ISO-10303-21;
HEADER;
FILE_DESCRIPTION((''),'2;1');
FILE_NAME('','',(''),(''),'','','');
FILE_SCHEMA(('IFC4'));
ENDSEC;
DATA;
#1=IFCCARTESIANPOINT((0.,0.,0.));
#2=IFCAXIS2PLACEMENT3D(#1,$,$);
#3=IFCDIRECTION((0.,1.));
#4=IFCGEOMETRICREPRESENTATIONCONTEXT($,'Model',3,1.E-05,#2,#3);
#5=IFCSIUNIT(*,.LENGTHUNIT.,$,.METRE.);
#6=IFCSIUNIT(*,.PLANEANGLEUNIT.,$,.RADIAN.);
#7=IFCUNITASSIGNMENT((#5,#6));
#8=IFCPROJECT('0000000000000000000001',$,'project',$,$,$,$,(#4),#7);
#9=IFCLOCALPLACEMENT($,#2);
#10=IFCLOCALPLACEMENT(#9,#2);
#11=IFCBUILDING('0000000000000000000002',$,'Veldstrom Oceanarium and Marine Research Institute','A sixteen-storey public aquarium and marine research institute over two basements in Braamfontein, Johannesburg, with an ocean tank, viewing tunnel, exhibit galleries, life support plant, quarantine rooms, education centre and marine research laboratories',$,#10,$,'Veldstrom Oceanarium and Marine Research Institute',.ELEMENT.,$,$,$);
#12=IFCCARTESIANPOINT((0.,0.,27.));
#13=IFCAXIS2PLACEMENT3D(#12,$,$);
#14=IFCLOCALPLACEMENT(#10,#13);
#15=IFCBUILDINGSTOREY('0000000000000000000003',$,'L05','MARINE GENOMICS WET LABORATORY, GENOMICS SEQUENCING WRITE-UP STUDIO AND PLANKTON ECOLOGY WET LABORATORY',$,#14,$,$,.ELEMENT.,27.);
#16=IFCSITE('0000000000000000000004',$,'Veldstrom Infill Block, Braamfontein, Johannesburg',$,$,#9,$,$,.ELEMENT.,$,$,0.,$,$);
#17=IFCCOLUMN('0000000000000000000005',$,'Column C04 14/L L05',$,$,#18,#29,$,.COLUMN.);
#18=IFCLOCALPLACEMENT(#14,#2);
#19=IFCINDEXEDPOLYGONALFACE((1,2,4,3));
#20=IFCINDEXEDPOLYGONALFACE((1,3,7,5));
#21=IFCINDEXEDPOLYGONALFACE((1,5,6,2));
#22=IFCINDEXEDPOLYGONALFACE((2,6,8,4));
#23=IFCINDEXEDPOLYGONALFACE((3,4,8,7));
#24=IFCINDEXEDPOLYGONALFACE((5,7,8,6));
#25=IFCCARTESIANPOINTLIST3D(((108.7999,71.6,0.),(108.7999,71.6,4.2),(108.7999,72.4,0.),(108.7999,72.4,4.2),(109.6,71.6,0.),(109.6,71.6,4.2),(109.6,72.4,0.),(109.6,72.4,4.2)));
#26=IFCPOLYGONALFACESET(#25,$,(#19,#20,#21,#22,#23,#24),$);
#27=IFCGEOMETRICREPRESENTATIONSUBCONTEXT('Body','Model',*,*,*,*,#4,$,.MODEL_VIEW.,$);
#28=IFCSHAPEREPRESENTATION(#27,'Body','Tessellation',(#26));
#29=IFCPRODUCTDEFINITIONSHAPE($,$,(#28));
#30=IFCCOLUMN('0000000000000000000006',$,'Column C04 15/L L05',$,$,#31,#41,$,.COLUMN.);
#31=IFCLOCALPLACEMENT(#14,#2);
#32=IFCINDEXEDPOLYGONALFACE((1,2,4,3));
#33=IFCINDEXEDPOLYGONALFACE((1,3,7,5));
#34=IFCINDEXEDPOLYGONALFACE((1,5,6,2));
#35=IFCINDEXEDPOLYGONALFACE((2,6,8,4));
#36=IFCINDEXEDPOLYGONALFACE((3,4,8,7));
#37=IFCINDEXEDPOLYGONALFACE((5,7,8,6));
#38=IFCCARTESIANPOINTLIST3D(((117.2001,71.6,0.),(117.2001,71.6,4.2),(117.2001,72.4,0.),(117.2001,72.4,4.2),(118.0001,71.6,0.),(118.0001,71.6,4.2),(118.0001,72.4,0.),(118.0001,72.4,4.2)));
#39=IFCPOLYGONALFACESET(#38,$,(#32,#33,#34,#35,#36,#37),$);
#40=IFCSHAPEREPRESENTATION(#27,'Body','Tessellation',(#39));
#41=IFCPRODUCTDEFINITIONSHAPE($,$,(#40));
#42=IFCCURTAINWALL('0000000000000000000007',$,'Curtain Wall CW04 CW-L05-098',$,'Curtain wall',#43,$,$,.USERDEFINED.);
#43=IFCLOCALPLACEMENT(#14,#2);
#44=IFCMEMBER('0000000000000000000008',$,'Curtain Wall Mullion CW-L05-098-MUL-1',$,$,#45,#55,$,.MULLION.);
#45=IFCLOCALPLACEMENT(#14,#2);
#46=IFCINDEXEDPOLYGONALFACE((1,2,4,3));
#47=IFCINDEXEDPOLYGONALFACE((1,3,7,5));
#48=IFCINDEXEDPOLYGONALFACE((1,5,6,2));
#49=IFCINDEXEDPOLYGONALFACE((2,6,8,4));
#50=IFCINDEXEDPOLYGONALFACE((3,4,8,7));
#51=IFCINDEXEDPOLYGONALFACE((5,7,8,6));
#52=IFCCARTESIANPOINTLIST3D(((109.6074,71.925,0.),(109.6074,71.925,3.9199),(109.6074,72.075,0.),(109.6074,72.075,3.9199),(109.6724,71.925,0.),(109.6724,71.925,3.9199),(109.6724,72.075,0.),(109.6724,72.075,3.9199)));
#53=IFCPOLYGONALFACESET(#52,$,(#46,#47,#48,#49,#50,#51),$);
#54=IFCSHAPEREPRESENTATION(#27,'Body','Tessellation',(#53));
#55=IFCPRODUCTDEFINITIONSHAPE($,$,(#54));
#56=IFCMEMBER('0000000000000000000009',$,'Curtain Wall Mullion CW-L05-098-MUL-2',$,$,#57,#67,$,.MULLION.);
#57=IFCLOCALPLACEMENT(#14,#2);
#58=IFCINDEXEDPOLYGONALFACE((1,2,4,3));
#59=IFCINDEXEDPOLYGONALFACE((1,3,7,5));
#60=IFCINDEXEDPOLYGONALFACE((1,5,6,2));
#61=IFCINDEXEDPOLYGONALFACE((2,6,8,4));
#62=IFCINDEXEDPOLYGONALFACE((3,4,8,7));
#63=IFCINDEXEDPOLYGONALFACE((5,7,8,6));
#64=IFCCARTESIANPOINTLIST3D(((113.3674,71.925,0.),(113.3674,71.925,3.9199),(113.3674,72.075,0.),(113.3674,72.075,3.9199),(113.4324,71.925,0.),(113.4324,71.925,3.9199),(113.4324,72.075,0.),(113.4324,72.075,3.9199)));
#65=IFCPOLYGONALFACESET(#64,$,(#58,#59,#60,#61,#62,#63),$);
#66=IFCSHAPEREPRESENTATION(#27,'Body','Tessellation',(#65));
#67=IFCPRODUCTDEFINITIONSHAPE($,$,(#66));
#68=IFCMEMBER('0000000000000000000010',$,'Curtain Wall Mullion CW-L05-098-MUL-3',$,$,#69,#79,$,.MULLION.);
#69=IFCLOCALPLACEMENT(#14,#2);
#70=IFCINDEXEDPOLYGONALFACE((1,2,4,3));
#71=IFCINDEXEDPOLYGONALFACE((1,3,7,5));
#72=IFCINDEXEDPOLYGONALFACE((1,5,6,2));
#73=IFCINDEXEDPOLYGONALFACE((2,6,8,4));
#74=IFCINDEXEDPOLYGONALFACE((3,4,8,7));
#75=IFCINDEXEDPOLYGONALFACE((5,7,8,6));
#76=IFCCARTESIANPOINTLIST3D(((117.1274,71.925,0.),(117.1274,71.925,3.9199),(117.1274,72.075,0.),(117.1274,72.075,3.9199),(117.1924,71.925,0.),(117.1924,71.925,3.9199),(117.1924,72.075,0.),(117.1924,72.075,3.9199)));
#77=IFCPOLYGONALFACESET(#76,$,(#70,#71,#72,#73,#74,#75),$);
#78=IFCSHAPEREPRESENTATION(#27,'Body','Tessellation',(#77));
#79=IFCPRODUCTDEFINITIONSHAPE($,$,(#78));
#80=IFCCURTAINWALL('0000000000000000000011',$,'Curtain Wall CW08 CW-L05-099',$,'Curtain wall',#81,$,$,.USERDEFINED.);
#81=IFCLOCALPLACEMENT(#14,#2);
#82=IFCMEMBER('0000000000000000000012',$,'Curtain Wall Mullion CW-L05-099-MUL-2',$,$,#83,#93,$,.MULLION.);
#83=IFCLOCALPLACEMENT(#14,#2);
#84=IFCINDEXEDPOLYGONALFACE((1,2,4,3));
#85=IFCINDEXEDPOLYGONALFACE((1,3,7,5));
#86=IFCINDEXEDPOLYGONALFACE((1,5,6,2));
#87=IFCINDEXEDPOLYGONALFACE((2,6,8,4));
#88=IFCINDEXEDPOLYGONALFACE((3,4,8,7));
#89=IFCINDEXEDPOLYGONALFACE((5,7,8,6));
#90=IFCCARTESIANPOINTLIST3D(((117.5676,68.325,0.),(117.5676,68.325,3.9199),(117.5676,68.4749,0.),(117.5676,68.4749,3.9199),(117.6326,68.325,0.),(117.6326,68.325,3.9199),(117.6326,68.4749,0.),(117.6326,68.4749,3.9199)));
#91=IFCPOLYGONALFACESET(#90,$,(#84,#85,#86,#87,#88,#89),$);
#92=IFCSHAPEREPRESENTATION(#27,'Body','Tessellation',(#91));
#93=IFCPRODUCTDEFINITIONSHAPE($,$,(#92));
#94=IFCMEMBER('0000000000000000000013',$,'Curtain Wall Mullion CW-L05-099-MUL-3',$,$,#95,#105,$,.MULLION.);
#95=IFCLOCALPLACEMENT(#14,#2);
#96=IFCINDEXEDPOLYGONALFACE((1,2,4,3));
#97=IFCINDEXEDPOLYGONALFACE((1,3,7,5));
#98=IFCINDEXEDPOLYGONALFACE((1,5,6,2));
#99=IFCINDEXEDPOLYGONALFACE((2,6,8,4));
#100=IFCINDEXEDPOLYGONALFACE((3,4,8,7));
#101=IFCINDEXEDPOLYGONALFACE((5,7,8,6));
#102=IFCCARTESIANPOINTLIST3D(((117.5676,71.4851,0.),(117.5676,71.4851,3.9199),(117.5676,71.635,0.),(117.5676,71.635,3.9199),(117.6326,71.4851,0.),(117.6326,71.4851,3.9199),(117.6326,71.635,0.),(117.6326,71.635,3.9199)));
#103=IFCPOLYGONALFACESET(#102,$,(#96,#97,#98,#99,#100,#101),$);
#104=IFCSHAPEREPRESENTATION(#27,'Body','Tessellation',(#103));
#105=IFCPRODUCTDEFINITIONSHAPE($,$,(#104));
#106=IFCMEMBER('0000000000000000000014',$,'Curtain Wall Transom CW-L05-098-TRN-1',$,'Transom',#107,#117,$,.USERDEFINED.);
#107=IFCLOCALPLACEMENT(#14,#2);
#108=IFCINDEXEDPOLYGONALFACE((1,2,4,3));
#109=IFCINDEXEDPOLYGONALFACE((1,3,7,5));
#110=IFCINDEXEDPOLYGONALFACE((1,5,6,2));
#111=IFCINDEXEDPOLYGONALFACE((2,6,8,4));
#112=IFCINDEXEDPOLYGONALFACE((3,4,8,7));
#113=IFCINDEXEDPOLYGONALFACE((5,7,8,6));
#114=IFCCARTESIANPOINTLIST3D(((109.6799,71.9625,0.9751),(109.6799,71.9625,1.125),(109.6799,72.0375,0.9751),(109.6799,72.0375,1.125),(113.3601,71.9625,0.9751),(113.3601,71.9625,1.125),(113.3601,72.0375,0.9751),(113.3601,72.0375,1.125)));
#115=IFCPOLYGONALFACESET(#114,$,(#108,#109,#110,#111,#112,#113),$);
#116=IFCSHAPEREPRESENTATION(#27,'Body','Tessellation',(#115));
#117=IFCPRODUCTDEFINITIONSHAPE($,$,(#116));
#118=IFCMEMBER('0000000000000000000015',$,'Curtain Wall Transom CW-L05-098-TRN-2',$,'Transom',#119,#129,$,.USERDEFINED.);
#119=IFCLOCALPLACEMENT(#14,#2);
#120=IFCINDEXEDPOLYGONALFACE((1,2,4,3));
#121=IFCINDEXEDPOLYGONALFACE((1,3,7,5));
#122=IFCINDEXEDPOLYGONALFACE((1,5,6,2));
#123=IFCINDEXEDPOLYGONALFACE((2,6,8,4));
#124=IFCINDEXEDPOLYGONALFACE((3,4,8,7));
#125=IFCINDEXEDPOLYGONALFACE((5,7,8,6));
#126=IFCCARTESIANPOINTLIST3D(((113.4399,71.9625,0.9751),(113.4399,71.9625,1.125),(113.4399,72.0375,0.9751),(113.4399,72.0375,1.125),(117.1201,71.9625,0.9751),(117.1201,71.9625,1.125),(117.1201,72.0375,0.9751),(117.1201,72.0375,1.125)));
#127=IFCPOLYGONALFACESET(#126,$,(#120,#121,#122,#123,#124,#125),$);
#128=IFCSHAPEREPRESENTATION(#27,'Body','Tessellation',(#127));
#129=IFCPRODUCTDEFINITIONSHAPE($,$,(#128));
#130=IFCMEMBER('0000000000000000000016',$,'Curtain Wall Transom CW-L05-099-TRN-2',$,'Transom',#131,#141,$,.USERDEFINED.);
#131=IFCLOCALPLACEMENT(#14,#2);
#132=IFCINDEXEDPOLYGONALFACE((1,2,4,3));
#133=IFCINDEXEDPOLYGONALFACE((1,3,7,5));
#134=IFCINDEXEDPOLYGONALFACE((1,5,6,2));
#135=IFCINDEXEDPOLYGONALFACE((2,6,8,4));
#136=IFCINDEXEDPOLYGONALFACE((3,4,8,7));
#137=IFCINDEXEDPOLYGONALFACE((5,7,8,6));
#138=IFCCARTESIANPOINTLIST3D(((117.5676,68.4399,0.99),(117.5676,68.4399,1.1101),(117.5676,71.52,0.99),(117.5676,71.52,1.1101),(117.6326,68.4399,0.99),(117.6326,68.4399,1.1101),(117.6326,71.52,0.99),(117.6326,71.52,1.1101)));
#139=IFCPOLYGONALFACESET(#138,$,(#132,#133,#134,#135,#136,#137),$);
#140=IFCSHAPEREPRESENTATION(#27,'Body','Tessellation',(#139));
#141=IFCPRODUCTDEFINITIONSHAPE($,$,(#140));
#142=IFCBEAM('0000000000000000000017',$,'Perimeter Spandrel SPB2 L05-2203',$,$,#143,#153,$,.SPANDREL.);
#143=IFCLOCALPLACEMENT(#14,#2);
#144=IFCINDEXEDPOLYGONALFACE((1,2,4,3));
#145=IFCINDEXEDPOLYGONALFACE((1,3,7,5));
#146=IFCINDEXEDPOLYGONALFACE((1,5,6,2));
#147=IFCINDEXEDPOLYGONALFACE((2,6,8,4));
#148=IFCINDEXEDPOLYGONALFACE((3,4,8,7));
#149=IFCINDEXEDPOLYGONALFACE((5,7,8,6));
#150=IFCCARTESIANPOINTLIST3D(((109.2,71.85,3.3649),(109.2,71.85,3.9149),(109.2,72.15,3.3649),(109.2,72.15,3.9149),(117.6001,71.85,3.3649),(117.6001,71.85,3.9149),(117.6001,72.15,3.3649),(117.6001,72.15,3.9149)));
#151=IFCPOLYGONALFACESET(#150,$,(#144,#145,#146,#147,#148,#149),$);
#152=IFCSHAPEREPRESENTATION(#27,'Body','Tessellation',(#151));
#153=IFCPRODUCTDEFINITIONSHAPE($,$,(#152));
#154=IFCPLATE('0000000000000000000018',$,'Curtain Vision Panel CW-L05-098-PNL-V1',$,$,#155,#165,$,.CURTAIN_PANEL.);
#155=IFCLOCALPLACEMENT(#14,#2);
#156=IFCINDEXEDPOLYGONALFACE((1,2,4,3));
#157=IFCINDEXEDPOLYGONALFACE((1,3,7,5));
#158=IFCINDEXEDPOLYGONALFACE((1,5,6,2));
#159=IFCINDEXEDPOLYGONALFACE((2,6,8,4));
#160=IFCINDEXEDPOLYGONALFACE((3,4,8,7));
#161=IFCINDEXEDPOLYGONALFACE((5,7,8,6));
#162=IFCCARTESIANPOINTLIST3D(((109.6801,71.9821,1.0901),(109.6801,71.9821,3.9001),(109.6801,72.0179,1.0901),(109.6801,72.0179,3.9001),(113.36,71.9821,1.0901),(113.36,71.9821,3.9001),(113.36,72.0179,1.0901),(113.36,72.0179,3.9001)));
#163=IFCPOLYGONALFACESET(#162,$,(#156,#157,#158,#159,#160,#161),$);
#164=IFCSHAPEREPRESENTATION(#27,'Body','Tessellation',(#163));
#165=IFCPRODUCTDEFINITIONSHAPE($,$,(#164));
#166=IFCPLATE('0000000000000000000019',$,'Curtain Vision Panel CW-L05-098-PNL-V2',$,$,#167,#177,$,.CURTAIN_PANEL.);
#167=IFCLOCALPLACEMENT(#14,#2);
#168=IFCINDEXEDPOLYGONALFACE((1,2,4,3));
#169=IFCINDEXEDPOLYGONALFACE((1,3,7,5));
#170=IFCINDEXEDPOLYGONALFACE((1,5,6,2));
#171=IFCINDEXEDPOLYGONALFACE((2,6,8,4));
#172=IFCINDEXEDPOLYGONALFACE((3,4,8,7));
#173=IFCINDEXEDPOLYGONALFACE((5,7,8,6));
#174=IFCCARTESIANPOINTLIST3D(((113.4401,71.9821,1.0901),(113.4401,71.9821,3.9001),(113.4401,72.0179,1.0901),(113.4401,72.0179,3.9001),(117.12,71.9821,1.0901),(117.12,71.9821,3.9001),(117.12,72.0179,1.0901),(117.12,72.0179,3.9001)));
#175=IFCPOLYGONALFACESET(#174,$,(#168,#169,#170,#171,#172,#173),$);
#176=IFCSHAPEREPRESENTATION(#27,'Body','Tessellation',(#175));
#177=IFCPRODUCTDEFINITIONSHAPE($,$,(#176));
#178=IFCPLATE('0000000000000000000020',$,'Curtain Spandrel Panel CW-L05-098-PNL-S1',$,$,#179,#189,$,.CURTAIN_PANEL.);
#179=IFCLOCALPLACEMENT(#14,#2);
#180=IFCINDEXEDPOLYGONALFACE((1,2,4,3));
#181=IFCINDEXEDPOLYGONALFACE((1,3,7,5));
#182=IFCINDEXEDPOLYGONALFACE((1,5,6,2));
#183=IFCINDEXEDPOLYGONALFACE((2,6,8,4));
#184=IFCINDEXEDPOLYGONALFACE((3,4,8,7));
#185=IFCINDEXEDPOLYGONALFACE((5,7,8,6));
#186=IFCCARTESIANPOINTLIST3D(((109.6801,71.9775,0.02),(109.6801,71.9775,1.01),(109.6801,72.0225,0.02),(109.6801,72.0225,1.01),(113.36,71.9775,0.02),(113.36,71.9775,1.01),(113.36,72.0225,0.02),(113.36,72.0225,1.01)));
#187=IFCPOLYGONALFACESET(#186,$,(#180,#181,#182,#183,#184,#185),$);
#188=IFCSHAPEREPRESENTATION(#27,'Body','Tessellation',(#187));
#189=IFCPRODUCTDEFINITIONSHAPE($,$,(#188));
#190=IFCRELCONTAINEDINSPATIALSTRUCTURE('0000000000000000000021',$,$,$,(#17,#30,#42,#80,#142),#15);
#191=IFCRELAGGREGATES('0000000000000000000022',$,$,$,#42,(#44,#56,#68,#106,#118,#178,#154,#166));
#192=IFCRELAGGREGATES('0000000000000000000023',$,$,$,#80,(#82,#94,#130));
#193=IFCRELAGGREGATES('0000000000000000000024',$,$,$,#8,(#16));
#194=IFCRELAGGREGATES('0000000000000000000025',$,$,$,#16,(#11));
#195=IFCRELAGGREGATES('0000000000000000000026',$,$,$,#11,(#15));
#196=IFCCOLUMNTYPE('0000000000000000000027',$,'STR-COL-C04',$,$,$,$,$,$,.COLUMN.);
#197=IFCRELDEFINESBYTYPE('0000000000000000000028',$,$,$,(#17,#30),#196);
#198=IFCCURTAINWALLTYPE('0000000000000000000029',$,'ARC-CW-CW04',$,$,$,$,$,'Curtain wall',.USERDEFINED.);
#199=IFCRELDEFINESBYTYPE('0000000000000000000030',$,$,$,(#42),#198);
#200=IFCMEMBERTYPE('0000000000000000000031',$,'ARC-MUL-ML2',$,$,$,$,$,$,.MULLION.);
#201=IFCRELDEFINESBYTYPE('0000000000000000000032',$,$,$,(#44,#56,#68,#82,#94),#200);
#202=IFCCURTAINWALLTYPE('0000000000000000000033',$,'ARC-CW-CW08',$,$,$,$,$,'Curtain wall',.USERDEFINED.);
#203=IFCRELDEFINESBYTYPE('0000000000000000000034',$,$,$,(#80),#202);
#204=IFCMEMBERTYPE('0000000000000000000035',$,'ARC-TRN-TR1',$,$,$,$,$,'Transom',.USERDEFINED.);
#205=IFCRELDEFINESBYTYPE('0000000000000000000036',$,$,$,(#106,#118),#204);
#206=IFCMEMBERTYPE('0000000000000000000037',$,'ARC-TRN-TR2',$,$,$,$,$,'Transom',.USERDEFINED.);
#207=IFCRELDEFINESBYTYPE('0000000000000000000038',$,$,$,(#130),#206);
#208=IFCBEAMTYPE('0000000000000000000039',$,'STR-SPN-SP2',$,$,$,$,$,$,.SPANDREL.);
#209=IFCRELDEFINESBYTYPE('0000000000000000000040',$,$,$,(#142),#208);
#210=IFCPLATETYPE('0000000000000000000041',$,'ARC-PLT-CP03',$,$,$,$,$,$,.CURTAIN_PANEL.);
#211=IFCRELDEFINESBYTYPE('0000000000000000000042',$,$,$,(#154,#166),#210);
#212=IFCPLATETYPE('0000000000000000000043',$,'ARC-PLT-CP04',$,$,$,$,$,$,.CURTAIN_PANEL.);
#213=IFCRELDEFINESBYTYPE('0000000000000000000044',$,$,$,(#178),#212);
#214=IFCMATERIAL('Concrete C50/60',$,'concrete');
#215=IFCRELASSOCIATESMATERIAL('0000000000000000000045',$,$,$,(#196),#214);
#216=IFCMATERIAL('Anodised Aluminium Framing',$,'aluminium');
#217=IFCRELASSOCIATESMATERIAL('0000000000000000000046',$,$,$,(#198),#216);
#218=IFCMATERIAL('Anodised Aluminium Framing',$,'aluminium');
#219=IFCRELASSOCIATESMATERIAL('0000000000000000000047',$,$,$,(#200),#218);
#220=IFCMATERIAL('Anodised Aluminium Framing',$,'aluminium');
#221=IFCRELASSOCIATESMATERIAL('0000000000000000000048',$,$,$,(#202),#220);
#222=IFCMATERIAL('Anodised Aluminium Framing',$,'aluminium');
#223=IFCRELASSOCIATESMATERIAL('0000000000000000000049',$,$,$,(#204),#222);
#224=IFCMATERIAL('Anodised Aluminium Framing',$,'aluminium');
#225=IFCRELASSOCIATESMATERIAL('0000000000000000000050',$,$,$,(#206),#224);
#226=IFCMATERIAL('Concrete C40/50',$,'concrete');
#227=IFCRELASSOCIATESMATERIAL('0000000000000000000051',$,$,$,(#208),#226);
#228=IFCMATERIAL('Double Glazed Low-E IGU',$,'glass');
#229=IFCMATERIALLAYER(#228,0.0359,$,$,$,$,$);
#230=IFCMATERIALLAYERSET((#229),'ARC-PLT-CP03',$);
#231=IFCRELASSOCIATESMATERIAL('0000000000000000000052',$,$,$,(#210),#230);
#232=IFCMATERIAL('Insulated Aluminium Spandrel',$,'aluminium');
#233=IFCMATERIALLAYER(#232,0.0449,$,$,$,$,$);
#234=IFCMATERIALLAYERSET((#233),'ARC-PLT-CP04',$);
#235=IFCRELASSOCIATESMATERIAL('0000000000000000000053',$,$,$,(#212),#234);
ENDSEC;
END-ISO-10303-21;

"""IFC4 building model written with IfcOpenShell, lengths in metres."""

from ifc_helpers import new_model, si_unit, direction, frame, origin, origin_2d, place, context, subcontext, project, spatial, rectangle, extrude, material, layer, layer_set, material_profile, profile_set, type_object, element, aggregate, save


model = new_model("IFC4")

# Units and contexts
model_context = context("Model", 3, precision=1e-05, world=origin(), true_north=direction((0.0, 1.0)))
body_context = subcontext(model_context, "Body", "Model", "MODEL_VIEW")
ifc_project = project(units=[si_unit("LENGTHUNIT", "METRE"), si_unit("PLANEANGLEUNIT", "RADIAN")], contexts=[model_context])

# Site, building, storey
site_placement = place(None, origin())
site = spatial("IfcSite", under=ifc_project, at=site_placement, Name="Veldstrom Infill Block, Braamfontein, Johannesburg", CompositionType="ELEMENT", RefElevation=0.0)
building_placement = place(site_placement, origin())
building = spatial("IfcBuilding", under=site, at=building_placement, Name="Veldstrom Oceanarium and Marine Research Institute", Description="A sixteen-storey public aquarium and marine research institute over two basements in Braamfontein, Johannesburg, with an ocean tank, viewing tunnel, exhibit galleries, life support plant, quarantine rooms, education centre and marine research laboratories", LongName="Veldstrom Oceanarium and Marine Research Institute", CompositionType="ELEMENT")
storey_placement = place(building_placement, frame((0.0, 0.0, 27.0)))
storey = spatial("IfcBuildingStorey", under=building, at=storey_placement, Name="L05", Description="MARINE GENOMICS WET LABORATORY, GENOMICS SEQUENCING WRITE-UP STUDIO AND PLANKTON ECOLOGY WET LABORATORY", CompositionType="ELEMENT", Elevation=27.0)

# Columns
ifc_material_1 = material(Name="Concrete C50/60", Category="concrete")
ifc_material_profile_1 = material_profile(ifc_material_1, rectangle(XDim=0.8, YDim=0.8, at=origin_2d()), Name="RC-COL-800x800")
ifc_profile_set_1 = profile_set([ifc_material_profile_1], Name="Concrete C50/60")
column_type = type_object("IfcColumnType", Name="STR-COL-C04", PredefinedType="COLUMN", material=ifc_profile_set_1)
for number, where, z_axis, x_axis, name in (
    (1, (109.2, 72.0, 0.0), (0.0, 0.0, 1.0), (1.0, 0.0, 0.0), "Column C04 14/L L05"),
    (2, (117.6001, 72.0, 0.0), (0.0, 0.0, 1.0), (1.0, 0.0, 0.0), "Column C04 15/L L05"),
):
    element("IfcColumn", number, at=place(storey_placement, frame(where, z_axis=z_axis, x_axis=x_axis)), inside=storey, type_object=column_type, Name=name, PredefinedType="COLUMN", context=body_context, shape_type="SweptSolid", body=[
        extrude(rectangle(XDim=0.8, YDim=0.8, at=origin_2d()), origin(), (0.0, 0.0, 1.0), 4.2),
    ])

# Curtain walls, members
ifc_material_2 = material(Name="Anodised Aluminium Framing", Category="aluminium")
curtain_wall_type_1 = type_object("IfcCurtainWallType", Name="ARC-CW-CW04", ElementType="Curtain wall", PredefinedType="USERDEFINED", material=ifc_material_2)
curtain_wall_1_placement = place(storey_placement, origin())
curtain_wall_1 = element("IfcCurtainWall", 3, at=curtain_wall_1_placement, inside=storey, type_object=curtain_wall_type_1, Name="Curtain Wall CW04 CW-L05-098", ObjectType="Curtain wall", PredefinedType="USERDEFINED")
ifc_material_3 = material(Name="Anodised Aluminium Framing", Category="aluminium")
ifc_material_profile_2 = material_profile(ifc_material_3, rectangle(XDim=0.0649, YDim=0.1499, at=origin_2d()), Name="ALU-MUL-65x150")
ifc_profile_set_2 = profile_set([ifc_material_profile_2], Name="Anodised Aluminium Framing")
member_type_1 = type_object("IfcMemberType", Name="ARC-MUL-ML2", PredefinedType="MULLION", material=ifc_profile_set_2)
member_1_placement = place(storey_placement, frame((109.6399, 72.0, 0.0), z_axis=(0.0, 0.0, 1.0), x_axis=(1.0, 0.0, 0.0)))
member_1 = element("IfcMember", 4, at=member_1_placement, type_object=member_type_1, Name="Curtain Wall Mullion CW-L05-098-MUL-1", PredefinedType="MULLION", context=body_context, shape_type="SweptSolid", body=[
    extrude(rectangle(XDim=0.0649, YDim=0.1499, at=origin_2d()), origin(), (0.0, 0.0, 1.0), 3.9199),
])
member_2_placement = place(storey_placement, frame((113.3999, 72.0, 0.0), z_axis=(0.0, 0.0, 1.0), x_axis=(1.0, 0.0, 0.0)))
member_2 = element("IfcMember", 5, at=member_2_placement, type_object=member_type_1, Name="Curtain Wall Mullion CW-L05-098-MUL-2", PredefinedType="MULLION", context=body_context, shape_type="SweptSolid", body=[
    extrude(rectangle(XDim=0.0649, YDim=0.1499, at=origin_2d()), origin(), (0.0, 0.0, 1.0), 3.9199),
])
member_3_placement = place(storey_placement, frame((117.1599, 72.0, 0.0), z_axis=(0.0, 0.0, 1.0), x_axis=(1.0, 0.0, 0.0)))
member_3 = element("IfcMember", 6, at=member_3_placement, type_object=member_type_1, Name="Curtain Wall Mullion CW-L05-098-MUL-3", PredefinedType="MULLION", context=body_context, shape_type="SweptSolid", body=[
    extrude(rectangle(XDim=0.0649, YDim=0.1499, at=origin_2d()), origin(), (0.0, 0.0, 1.0), 3.9199),
])
ifc_material_4 = material(Name="Anodised Aluminium Framing", Category="aluminium")
curtain_wall_type_2 = type_object("IfcCurtainWallType", Name="ARC-CW-CW08", ElementType="Curtain wall", PredefinedType="USERDEFINED", material=ifc_material_4)
curtain_wall_2_placement = place(storey_placement, origin())
curtain_wall_2 = element("IfcCurtainWall", 7, at=curtain_wall_2_placement, inside=storey, type_object=curtain_wall_type_2, Name="Curtain Wall CW08 CW-L05-099", ObjectType="Curtain wall", PredefinedType="USERDEFINED")
member_4_placement = place(storey_placement, frame((117.6001, 68.3999, 0.0), z_axis=(0.0, 0.0, 1.0), x_axis=(1.0, 0.0, 0.0)))
member_4 = element("IfcMember", 8, at=member_4_placement, type_object=member_type_1, Name="Curtain Wall Mullion CW-L05-099-MUL-2", PredefinedType="MULLION", context=body_context, shape_type="SweptSolid", body=[
    extrude(rectangle(XDim=0.0649, YDim=0.1499, at=origin_2d()), origin(), (0.0, 0.0, 1.0), 3.9199),
])
member_5_placement = place(storey_placement, frame((117.6001, 71.5601, 0.0), z_axis=(0.0, 0.0, 1.0), x_axis=(1.0, 0.0, 0.0)))
member_5 = element("IfcMember", 9, at=member_5_placement, type_object=member_type_1, Name="Curtain Wall Mullion CW-L05-099-MUL-3", PredefinedType="MULLION", context=body_context, shape_type="SweptSolid", body=[
    extrude(rectangle(XDim=0.0649, YDim=0.1499, at=origin_2d()), origin(), (0.0, 0.0, 1.0), 3.9199),
])

# Members
ifc_material_5 = material(Name="Anodised Aluminium Framing", Category="aluminium")
ifc_material_profile_3 = material_profile(ifc_material_5, rectangle(XDim=0.075, YDim=0.1499, at=origin_2d()), Name="ALU-TRN-75x150")
ifc_profile_set_3 = profile_set([ifc_material_profile_3], Name="Anodised Aluminium Framing")
member_type_2 = type_object("IfcMemberType", Name="ARC-TRN-TR1", ElementType="Transom", PredefinedType="USERDEFINED", material=ifc_profile_set_3)
member_6_placement = place(storey_placement, frame((109.6799, 72.0, 1.05), z_axis=(1.0, 0.0, 0.0), x_axis=(0.0, 1.0, 0.0)))
member_6 = element("IfcMember", 10, at=member_6_placement, type_object=member_type_2, Name="Curtain Wall Transom CW-L05-098-TRN-1", ObjectType="Transom", PredefinedType="USERDEFINED", context=body_context, shape_type="SweptSolid", body=[
    extrude(rectangle(XDim=0.075, YDim=0.1499, at=origin_2d()), origin(), (0.0, 0.0, 1.0), 3.6802),
])
member_7_placement = place(storey_placement, frame((113.4399, 72.0, 1.05), z_axis=(1.0, 0.0, 0.0), x_axis=(0.0, 1.0, 0.0)))
member_7 = element("IfcMember", 11, at=member_7_placement, type_object=member_type_2, Name="Curtain Wall Transom CW-L05-098-TRN-2", ObjectType="Transom", PredefinedType="USERDEFINED", context=body_context, shape_type="SweptSolid", body=[
    extrude(rectangle(XDim=0.075, YDim=0.1499, at=origin_2d()), origin(), (0.0, 0.0, 1.0), 3.6802),
])
ifc_material_6 = material(Name="Anodised Aluminium Framing", Category="aluminium")
ifc_material_profile_4 = material_profile(ifc_material_6, rectangle(XDim=0.0649, YDim=0.1201, at=origin_2d()), Name="ALU-TRN-65x120")
ifc_profile_set_4 = profile_set([ifc_material_profile_4], Name="Anodised Aluminium Framing")
member_type_3 = type_object("IfcMemberType", Name="ARC-TRN-TR2", ElementType="Transom", PredefinedType="USERDEFINED", material=ifc_profile_set_4)
member_8_placement = place(storey_placement, frame((117.6001, 68.4399, 1.05), z_axis=(0.0, 1.0, 0.0), x_axis=(-1.0, 0.0, 0.0)))
member_8 = element("IfcMember", 12, at=member_8_placement, type_object=member_type_3, Name="Curtain Wall Transom CW-L05-099-TRN-2", ObjectType="Transom", PredefinedType="USERDEFINED", context=body_context, shape_type="SweptSolid", body=[
    extrude(rectangle(XDim=0.0649, YDim=0.1201, at=origin_2d()), origin(), (0.0, 0.0, 1.0), 3.0801),
])

# Beam
ifc_material_7 = material(Name="Concrete C40/50", Category="concrete")
ifc_material_profile_5 = material_profile(ifc_material_7, rectangle(XDim=0.3, YDim=0.55, at=origin_2d()), Name="RC-SPN-300x550")
ifc_profile_set_5 = profile_set([ifc_material_profile_5], Name="Concrete C40/50")
beam_type = type_object("IfcBeamType", Name="STR-SPN-SP2", PredefinedType="SPANDREL", material=ifc_profile_set_5)
beam_placement = place(storey_placement, frame((109.2, 72.0, 3.6399), z_axis=(1.0, 0.0, 0.0), x_axis=(0.0, 1.0, 0.0)))
element("IfcBeam", 13, at=beam_placement, inside=storey, type_object=beam_type, Name="Perimeter Spandrel SPB2 L05-2203", PredefinedType="SPANDREL", context=body_context, shape_type="SweptSolid", body=[
    extrude(rectangle(XDim=0.3, YDim=0.55, at=origin_2d()), origin(), (0.0, 0.0, 1.0), 8.4001),
])

# Plates
ifc_material_8 = material(Name="Double Glazed Low-E IGU", Category="glass")
ifc_layer_1 = layer(ifc_material_8, 0.0359)
ifc_layer_set_1 = layer_set([ifc_layer_1], Name="ARC-PLT-CP03")
plate_type_1 = type_object("IfcPlateType", Name="ARC-PLT-CP03", PredefinedType="CURTAIN_PANEL", material=ifc_layer_set_1)
plate_1_placement = place(storey_placement, frame((111.52, 72.0, 1.0901), z_axis=(0.0, 0.0, 1.0), x_axis=(1.0, 0.0, 0.0)))
plate_1 = element("IfcPlate", 14, at=plate_1_placement, type_object=plate_type_1, Name="Curtain Vision Panel CW-L05-098-PNL-V1", PredefinedType="CURTAIN_PANEL", context=body_context, shape_type="SweptSolid", body=[
    extrude(rectangle(XDim=3.6799, YDim=0.0359, at=origin_2d()), origin(), (0.0, 0.0, 1.0), 2.8101),
])
plate_2_placement = place(storey_placement, frame((115.28, 72.0, 1.0901), z_axis=(0.0, 0.0, 1.0), x_axis=(1.0, 0.0, 0.0)))
plate_2 = element("IfcPlate", 15, at=plate_2_placement, type_object=plate_type_1, Name="Curtain Vision Panel CW-L05-098-PNL-V2", PredefinedType="CURTAIN_PANEL", context=body_context, shape_type="SweptSolid", body=[
    extrude(rectangle(XDim=3.6799, YDim=0.0359, at=origin_2d()), origin(), (0.0, 0.0, 1.0), 2.8101),
])
ifc_material_9 = material(Name="Insulated Aluminium Spandrel", Category="aluminium")
ifc_layer_2 = layer(ifc_material_9, 0.0449)
ifc_layer_set_2 = layer_set([ifc_layer_2], Name="ARC-PLT-CP04")
plate_type_2 = type_object("IfcPlateType", Name="ARC-PLT-CP04", PredefinedType="CURTAIN_PANEL", material=ifc_layer_set_2)
plate_3_placement = place(storey_placement, frame((111.52, 72.0, 0.02), z_axis=(0.0, 0.0, 1.0), x_axis=(1.0, 0.0, 0.0)))
plate_3 = element("IfcPlate", 16, at=plate_3_placement, type_object=plate_type_2, Name="Curtain Spandrel Panel CW-L05-098-PNL-S1", PredefinedType="CURTAIN_PANEL", context=body_context, shape_type="SweptSolid", body=[
    extrude(rectangle(XDim=3.6799, YDim=0.0449, at=origin_2d()), origin(), (0.0, 0.0, 1.0), 0.99),
])
aggregate(curtain_wall_1, [member_1, member_2, member_3, member_6, member_7, plate_3, plate_1, plate_2])
aggregate(curtain_wall_2, [member_4, member_5, member_8])

save(model, "model.ifc")
